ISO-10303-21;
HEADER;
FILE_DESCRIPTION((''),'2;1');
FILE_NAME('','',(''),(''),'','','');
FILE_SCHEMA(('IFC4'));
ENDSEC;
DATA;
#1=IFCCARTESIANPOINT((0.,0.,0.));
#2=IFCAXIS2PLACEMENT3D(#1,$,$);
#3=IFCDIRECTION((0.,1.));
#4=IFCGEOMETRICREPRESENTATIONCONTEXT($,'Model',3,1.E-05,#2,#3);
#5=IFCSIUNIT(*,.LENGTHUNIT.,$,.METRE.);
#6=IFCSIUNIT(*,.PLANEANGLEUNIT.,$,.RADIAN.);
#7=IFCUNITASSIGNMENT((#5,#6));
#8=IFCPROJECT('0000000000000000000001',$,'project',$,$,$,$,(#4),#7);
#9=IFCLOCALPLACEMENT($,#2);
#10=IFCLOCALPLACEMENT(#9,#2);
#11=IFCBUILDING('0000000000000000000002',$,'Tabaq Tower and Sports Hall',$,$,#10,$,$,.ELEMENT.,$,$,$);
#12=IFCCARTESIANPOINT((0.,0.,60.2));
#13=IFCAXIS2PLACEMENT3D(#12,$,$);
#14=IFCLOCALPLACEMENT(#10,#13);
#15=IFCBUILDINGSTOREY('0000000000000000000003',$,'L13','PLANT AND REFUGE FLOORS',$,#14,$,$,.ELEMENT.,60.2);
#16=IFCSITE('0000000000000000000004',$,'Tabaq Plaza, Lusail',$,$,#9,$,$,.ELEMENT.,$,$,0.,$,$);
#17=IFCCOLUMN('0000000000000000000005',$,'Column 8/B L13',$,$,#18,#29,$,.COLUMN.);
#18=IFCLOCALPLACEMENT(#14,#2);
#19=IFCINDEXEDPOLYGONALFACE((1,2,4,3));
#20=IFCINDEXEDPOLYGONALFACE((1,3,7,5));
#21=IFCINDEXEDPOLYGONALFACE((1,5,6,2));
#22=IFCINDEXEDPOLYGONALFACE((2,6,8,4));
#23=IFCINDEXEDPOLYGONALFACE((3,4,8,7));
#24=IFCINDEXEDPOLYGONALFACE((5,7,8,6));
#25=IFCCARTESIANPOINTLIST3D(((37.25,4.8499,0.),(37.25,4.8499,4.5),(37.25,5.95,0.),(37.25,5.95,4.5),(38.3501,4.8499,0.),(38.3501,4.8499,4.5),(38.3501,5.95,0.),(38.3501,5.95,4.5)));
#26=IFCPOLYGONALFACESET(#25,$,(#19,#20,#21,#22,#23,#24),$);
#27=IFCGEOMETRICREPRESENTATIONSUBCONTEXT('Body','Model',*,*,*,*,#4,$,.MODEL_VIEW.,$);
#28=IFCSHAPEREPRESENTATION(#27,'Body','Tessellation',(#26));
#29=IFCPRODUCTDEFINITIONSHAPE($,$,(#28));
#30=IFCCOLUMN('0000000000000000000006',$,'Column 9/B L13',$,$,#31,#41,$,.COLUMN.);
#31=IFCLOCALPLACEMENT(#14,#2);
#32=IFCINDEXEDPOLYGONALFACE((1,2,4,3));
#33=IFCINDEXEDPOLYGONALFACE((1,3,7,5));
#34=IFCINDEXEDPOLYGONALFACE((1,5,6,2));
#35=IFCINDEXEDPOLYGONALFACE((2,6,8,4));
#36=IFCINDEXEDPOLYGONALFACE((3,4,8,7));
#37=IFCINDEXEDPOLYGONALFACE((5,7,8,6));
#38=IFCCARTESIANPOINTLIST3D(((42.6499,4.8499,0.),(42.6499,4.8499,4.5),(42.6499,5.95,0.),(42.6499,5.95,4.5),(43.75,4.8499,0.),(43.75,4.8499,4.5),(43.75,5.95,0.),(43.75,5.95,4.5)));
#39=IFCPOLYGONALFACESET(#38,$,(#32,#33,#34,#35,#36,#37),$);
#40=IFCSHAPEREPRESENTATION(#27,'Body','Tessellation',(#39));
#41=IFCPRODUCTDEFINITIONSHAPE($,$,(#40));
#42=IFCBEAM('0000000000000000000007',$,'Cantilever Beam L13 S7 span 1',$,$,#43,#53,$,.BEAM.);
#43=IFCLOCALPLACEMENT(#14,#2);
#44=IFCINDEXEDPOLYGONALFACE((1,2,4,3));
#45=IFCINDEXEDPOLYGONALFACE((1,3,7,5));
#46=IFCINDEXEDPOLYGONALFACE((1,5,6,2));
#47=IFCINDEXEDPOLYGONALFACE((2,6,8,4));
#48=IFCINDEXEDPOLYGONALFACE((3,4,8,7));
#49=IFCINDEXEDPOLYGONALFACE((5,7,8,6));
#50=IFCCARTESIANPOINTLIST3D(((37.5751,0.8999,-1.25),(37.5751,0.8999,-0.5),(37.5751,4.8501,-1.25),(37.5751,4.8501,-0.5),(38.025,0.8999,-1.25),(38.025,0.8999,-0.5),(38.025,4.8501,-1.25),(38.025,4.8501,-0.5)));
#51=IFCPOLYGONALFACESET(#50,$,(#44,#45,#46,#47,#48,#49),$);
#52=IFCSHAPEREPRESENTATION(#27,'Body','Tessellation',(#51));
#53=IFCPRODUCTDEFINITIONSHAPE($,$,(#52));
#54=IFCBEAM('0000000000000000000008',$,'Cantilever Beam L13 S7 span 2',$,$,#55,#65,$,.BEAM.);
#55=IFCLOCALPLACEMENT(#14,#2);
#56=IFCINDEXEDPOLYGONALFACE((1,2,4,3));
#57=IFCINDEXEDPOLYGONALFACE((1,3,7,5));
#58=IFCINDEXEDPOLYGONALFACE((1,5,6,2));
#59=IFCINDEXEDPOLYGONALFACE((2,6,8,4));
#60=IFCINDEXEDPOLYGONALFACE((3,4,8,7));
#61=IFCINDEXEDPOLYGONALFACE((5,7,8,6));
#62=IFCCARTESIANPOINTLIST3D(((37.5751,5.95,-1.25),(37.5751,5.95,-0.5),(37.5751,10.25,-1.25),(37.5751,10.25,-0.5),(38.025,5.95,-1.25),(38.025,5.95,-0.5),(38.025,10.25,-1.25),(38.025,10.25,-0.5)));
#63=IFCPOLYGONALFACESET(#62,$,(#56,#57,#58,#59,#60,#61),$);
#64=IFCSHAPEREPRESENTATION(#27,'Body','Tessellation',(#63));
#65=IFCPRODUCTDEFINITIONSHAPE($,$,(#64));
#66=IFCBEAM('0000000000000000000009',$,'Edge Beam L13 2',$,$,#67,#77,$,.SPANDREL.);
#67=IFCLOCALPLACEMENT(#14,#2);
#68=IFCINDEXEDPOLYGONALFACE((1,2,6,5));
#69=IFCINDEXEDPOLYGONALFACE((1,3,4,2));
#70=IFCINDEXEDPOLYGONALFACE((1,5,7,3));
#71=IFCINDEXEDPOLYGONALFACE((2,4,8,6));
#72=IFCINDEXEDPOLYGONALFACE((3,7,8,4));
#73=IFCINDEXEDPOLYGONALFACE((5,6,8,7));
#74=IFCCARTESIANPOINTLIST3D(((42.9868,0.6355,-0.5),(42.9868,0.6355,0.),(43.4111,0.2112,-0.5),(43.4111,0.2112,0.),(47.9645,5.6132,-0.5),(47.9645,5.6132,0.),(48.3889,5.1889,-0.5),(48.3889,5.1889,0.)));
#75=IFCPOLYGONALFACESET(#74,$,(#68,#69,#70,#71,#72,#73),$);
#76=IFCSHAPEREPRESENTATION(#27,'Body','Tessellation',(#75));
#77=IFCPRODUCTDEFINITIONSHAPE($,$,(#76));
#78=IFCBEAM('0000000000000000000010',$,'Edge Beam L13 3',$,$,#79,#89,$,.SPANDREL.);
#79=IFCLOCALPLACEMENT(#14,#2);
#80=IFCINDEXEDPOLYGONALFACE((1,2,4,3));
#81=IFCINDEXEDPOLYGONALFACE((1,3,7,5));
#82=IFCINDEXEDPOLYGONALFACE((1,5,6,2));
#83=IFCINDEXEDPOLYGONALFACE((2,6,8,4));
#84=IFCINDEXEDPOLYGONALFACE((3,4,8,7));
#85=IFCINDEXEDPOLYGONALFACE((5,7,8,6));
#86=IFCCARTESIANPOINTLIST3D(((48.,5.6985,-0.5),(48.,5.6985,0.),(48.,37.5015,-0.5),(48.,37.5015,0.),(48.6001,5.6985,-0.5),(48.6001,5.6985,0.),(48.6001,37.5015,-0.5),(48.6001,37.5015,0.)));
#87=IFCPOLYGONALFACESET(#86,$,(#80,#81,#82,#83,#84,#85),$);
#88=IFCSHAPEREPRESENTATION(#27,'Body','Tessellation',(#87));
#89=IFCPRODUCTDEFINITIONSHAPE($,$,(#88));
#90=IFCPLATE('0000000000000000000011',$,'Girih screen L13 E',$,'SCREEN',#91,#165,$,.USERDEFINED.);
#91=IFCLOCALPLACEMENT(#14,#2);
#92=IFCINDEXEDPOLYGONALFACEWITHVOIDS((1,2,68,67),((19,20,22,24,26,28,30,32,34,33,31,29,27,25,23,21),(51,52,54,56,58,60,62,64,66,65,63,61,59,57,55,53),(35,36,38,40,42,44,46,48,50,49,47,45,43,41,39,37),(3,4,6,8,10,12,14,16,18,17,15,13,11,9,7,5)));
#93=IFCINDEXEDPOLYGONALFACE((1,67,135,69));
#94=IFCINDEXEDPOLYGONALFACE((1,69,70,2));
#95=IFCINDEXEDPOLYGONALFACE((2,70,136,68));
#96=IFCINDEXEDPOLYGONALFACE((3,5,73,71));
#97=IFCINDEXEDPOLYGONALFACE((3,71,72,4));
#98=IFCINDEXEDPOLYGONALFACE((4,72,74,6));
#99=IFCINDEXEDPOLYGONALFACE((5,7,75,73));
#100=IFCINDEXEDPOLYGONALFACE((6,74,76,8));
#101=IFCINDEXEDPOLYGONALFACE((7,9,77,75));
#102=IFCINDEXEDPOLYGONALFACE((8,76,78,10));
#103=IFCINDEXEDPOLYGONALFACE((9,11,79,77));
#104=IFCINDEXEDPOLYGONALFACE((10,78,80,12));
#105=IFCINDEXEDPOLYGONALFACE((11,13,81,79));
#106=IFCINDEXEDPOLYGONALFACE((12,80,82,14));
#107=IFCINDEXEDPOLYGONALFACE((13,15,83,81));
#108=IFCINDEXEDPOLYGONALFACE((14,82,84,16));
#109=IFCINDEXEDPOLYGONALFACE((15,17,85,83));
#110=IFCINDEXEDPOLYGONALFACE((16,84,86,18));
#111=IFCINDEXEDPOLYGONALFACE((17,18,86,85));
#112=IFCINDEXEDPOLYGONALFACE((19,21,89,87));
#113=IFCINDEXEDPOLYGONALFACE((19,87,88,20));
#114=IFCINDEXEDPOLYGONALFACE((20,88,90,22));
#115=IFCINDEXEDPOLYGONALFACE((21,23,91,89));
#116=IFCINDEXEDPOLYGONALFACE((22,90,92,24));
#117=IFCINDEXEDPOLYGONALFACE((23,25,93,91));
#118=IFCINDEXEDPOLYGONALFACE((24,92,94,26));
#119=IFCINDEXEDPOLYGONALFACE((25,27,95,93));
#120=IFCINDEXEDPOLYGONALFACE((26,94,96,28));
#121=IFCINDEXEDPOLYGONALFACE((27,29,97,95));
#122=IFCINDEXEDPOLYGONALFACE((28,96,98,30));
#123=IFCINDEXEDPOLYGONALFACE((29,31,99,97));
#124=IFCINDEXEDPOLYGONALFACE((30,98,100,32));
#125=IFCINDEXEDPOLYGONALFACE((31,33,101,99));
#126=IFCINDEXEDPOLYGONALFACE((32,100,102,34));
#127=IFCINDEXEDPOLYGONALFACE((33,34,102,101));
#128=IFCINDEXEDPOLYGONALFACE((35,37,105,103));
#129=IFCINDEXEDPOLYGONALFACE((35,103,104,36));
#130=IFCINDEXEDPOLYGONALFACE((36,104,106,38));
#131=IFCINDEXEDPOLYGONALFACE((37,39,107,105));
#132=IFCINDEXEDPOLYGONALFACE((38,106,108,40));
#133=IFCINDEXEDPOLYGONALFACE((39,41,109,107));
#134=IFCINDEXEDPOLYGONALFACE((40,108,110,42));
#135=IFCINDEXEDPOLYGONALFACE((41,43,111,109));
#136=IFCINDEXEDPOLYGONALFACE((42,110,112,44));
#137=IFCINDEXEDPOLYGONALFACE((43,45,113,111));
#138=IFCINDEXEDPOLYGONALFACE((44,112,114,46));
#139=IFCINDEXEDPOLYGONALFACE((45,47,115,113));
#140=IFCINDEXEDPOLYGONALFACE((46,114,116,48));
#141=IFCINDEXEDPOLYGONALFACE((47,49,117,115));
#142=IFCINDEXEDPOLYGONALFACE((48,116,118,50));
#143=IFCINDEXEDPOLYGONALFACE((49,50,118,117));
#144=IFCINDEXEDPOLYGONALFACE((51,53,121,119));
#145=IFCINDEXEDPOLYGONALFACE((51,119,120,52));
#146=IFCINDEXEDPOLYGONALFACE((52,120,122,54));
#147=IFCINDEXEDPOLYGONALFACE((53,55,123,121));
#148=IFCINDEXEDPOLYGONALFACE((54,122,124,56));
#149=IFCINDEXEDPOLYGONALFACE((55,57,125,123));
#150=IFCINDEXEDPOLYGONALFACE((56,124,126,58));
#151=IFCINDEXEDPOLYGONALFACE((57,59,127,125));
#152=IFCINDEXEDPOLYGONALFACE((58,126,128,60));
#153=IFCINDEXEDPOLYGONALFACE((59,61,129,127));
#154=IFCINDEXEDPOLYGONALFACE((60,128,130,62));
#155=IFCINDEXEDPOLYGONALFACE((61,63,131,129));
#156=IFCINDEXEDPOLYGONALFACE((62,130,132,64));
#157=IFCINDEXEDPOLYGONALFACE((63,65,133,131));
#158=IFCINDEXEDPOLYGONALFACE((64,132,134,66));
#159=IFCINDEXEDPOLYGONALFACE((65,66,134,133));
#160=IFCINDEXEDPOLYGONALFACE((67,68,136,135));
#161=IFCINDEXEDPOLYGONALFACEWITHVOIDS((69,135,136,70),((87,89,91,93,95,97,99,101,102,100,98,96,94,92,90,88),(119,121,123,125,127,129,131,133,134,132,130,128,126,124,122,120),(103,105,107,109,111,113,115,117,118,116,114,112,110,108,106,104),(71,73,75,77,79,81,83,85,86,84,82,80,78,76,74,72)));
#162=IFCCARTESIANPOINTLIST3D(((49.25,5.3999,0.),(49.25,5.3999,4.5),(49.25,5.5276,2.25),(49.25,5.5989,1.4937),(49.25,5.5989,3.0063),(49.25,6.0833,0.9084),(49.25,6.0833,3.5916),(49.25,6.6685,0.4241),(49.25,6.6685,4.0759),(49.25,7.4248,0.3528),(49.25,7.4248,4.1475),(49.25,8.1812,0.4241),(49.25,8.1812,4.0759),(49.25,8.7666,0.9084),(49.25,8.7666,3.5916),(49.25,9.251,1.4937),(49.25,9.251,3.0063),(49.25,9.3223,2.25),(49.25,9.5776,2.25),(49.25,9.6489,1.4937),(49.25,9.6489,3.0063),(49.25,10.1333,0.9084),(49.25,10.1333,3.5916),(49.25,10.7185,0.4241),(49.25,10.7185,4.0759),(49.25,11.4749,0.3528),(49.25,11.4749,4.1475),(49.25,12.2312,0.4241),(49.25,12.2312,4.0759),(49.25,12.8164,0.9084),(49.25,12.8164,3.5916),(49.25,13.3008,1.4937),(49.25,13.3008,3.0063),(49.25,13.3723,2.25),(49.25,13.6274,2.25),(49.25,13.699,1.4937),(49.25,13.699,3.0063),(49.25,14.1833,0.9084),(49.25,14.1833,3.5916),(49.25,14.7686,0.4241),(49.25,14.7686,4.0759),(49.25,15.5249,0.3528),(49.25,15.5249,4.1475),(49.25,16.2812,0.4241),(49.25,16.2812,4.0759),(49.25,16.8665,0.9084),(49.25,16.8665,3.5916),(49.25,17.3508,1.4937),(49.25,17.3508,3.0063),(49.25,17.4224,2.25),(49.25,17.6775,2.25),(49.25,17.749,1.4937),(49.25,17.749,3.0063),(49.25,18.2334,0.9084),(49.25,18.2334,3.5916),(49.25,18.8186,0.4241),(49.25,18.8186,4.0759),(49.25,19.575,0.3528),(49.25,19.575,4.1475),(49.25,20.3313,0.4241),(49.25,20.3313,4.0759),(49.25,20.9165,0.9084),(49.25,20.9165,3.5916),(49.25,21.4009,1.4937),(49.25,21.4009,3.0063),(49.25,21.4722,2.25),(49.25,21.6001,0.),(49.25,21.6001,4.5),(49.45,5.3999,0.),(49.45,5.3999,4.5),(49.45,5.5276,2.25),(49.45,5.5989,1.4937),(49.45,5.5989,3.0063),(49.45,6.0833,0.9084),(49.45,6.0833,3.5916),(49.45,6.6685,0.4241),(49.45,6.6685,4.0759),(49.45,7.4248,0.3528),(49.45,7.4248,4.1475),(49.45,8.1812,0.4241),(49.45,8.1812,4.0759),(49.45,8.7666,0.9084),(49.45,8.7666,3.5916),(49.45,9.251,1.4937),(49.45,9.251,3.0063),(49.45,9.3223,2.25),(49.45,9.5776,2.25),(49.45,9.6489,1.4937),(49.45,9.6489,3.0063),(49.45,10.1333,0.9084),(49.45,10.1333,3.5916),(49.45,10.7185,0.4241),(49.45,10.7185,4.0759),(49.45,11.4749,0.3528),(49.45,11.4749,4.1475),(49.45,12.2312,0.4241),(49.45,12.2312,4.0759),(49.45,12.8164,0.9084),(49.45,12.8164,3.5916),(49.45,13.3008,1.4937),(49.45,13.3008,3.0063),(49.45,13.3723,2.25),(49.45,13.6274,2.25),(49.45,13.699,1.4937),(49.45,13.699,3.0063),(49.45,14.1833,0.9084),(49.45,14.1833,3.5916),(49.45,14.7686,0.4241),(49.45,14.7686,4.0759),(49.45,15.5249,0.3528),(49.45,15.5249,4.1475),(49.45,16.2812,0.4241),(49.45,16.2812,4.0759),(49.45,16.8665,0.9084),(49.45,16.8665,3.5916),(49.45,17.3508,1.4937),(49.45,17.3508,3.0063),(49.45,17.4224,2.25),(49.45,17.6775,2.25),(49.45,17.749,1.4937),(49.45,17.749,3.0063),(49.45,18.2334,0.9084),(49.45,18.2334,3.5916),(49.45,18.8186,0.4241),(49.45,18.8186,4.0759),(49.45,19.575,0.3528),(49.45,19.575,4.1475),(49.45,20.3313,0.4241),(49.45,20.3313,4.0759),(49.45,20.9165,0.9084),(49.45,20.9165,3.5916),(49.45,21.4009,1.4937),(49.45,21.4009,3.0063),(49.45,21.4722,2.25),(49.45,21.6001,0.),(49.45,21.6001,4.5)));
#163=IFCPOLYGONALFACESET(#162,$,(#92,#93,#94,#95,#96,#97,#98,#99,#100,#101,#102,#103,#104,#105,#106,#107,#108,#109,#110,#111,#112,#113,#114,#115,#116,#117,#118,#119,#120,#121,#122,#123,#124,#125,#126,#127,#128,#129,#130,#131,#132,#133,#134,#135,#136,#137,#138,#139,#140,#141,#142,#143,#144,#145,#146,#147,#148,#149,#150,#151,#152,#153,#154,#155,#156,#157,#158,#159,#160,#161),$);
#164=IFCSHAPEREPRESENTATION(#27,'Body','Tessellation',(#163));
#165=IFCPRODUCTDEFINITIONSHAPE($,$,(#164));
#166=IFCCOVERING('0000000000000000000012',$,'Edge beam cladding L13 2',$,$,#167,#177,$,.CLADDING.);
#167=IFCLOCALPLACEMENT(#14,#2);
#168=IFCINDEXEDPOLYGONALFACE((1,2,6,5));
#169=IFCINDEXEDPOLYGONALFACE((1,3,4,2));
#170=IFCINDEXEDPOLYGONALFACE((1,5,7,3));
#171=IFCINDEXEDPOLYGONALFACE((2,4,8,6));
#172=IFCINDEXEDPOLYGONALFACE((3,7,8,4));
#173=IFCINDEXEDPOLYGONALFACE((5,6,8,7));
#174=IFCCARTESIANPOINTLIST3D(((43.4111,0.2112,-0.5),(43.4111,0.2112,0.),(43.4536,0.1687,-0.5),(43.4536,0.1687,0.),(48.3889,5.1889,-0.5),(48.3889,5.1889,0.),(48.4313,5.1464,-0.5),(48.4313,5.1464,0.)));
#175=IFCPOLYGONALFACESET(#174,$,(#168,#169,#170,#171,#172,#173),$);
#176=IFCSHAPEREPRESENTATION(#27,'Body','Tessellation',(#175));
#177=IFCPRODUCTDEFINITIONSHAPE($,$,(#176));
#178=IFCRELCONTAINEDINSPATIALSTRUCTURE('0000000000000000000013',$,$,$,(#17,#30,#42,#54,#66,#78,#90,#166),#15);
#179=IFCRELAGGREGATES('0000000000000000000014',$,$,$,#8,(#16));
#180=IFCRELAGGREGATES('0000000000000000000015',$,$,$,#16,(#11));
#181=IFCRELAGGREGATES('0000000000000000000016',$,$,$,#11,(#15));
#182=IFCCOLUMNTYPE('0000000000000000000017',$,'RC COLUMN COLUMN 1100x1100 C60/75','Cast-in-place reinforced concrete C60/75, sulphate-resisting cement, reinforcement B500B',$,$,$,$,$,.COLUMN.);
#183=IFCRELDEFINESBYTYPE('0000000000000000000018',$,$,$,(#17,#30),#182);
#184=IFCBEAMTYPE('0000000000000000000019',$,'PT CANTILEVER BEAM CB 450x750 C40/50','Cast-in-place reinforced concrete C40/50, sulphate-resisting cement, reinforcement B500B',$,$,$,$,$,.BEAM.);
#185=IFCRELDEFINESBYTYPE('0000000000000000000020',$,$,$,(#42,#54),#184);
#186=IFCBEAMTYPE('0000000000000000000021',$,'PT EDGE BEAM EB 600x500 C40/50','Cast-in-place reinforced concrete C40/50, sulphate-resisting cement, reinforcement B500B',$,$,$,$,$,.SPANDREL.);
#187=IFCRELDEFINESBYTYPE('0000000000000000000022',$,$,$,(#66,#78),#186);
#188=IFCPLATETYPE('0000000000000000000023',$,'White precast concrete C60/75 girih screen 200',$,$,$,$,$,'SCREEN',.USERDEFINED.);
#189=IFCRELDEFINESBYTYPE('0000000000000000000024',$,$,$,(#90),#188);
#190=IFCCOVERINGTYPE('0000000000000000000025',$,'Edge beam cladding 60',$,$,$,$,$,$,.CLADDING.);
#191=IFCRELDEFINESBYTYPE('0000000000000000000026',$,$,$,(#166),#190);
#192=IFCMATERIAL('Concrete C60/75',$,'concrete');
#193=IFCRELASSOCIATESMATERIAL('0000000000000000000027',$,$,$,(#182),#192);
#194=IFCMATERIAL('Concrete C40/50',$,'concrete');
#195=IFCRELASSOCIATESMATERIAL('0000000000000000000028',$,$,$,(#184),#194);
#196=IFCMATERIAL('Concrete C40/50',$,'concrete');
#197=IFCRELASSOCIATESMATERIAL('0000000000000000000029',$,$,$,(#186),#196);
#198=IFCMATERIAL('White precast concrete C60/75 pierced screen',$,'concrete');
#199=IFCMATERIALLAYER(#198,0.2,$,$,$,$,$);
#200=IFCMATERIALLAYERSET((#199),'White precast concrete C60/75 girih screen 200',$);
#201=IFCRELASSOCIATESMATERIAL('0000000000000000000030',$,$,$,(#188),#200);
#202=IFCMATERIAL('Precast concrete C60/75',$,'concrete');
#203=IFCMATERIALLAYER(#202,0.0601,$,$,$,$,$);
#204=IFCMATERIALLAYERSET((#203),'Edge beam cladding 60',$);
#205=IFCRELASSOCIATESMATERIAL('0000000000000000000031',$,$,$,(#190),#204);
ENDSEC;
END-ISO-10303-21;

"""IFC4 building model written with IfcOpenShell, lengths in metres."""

from ifc_helpers import new_model, si_unit, direction, frame, frame_2d, origin, origin_2d, place, context, subcontext, project, spatial, polyline, rectangle, outline, extrude, material, layer, layer_set, material_profile, profile_set, type_object, element, save


model = new_model("IFC4")

# Units and contexts
model_context = context("Model", 3, precision=1e-05, world=origin(), true_north=direction((0.0, 1.0)))
body_context = subcontext(model_context, "Body", "Model", "MODEL_VIEW")
ifc_project = project(units=[si_unit("LENGTHUNIT", "METRE"), si_unit("PLANEANGLEUNIT", "RADIAN")], contexts=[model_context])

# Site, building, storey
site_placement = place(None, origin())
site = spatial("IfcSite", under=ifc_project, at=site_placement, Name="Tabaq Plaza, Lusail", CompositionType="ELEMENT", RefElevation=0.0)
building_placement = place(site_placement, origin())
building = spatial("IfcBuilding", under=site, at=building_placement, Name="Tabaq Tower and Sports Hall", CompositionType="ELEMENT")
storey_placement = place(building_placement, frame((0.0, 0.0, 60.2)))
storey = spatial("IfcBuildingStorey", under=building, at=storey_placement, Name="L13", Description="PLANT AND REFUGE FLOORS", CompositionType="ELEMENT", Elevation=60.2)

# Columns
ifc_material_1 = material(Name="Concrete C60/75", Category="concrete")
ifc_material_profile_1 = material_profile(ifc_material_1, rectangle(XDim=1.1001, YDim=1.1001, at=origin_2d()), Name="COLUMN 1100x1100")
ifc_profile_set_1 = profile_set([ifc_material_profile_1], Name="Concrete C60/75")
column_type = type_object("IfcColumnType", Name="RC COLUMN COLUMN 1100x1100 C60/75", Description="Cast-in-place reinforced concrete C60/75, sulphate-resisting cement, reinforcement B500B", PredefinedType="COLUMN", material=ifc_profile_set_1)
for number, where, z_axis, x_axis, name in (
    (1, (37.8, 5.3999, 0.0), (0.0, 0.0, 1.0), (1.0, 0.0, 0.0), "Column 8/B L13"),
    (2, (43.2, 5.3999, 0.0), (0.0, 0.0, 1.0), (1.0, 0.0, 0.0), "Column 9/B L13"),
):
    element("IfcColumn", number, at=place(storey_placement, frame(where, z_axis=z_axis, x_axis=x_axis)), inside=storey, type_object=column_type, Name=name, PredefinedType="COLUMN", context=body_context, shape_type="SweptSolid", body=[
        extrude(rectangle(XDim=1.1001, YDim=1.1001, at=origin_2d()), origin(), (0.0, 0.0, 1.0), 4.5),
    ])

# Beams
ifc_material_2 = material(Name="Concrete C40/50", Category="concrete")
ifc_material_profile_2 = material_profile(ifc_material_2, rectangle(XDim=0.45, YDim=0.75, at=origin_2d()), Name="CB 450x750")
ifc_profile_set_2 = profile_set([ifc_material_profile_2], Name="Concrete C40/50")
beam_type_1 = type_object("IfcBeamType", Name="PT CANTILEVER BEAM CB 450x750 C40/50", Description="Cast-in-place reinforced concrete C40/50, sulphate-resisting cement, reinforcement B500B", PredefinedType="BEAM", material=ifc_profile_set_2)
beam_1_placement = place(storey_placement, frame((37.8, 0.8999, -0.875), z_axis=(0.0, 1.0, 0.0), x_axis=(-1.0, 0.0, 0.0)))
element("IfcBeam", 3, at=beam_1_placement, inside=storey, type_object=beam_type_1, Name="Cantilever Beam L13 S7 span 1", PredefinedType="BEAM", context=body_context, shape_type="SweptSolid", body=[
    extrude(rectangle(XDim=0.45, YDim=0.75, at=origin_2d()), origin(), (0.0, 0.0, 1.0), 3.9502),
])
beam_2_placement = place(storey_placement, frame((37.8, 5.95, -0.875), z_axis=(0.0, 1.0, 0.0), x_axis=(-1.0, 0.0, 0.0)))
element("IfcBeam", 4, at=beam_2_placement, inside=storey, type_object=beam_type_1, Name="Cantilever Beam L13 S7 span 2", PredefinedType="BEAM", context=body_context, shape_type="SweptSolid", body=[
    extrude(rectangle(XDim=0.45, YDim=0.75, at=origin_2d()), origin(), (0.0, 0.0, 1.0), 4.3),
])
ifc_material_3 = material(Name="Concrete C40/50", Category="concrete")
ifc_material_profile_3 = material_profile(ifc_material_3, rectangle(XDim=0.6001, YDim=0.5, at=origin_2d()), Name="EB 600x500")
ifc_profile_set_3 = profile_set([ifc_material_profile_3], Name="Concrete C40/50")
beam_type_2 = type_object("IfcBeamType", Name="PT EDGE BEAM EB 600x500 C40/50", Description="Cast-in-place reinforced concrete C40/50, sulphate-resisting cement, reinforcement B500B", PredefinedType="SPANDREL", material=ifc_profile_set_3)
beam_3_placement = place(storey_placement, frame((43.199, 0.4233, -0.25), z_axis=(0.707107, 0.707107, 0.0), x_axis=(-0.707107, 0.707107, 0.0)))
element("IfcBeam", 5, at=beam_3_placement, inside=storey, type_object=beam_type_2, Name="Edge Beam L13 2", PredefinedType="SPANDREL", context=body_context, shape_type="SweptSolid", body=[
    extrude(rectangle(XDim=0.6001, YDim=0.5, at=origin_2d()), origin(), (0.0, 0.0, 1.0), 7.0396),
])
beam_4_placement = place(storey_placement, frame((48.3, 5.6985, -0.25), z_axis=(0.0, 1.0, 0.0), x_axis=(-1.0, 0.0, 0.0)))
element("IfcBeam", 6, at=beam_4_placement, inside=storey, type_object=beam_type_2, Name="Edge Beam L13 3", PredefinedType="SPANDREL", context=body_context, shape_type="SweptSolid", body=[
    extrude(rectangle(XDim=0.6001, YDim=0.5, at=origin_2d()), origin(), (0.0, 0.0, 1.0), 31.803),
])

# Plate
ifc_material_4 = material(Name="White precast concrete C60/75 pierced screen", Category="concrete")
ifc_layer_1 = layer(ifc_material_4, 0.2)
ifc_layer_set_1 = layer_set([ifc_layer_1], Name="White precast concrete C60/75 girih screen 200")
plate_type_1 = type_object("IfcPlateType", Name="White precast concrete C60/75 girih screen 200", ElementType="SCREEN", PredefinedType="USERDEFINED", material=ifc_layer_set_1)
plate_1_placement = place(storey_placement, frame((49.3501, 5.3999, 0.0), z_axis=(0.0, 0.0, 1.0), x_axis=(0.0, 1.0, 0.0)))
element("IfcPlate", 7, at=plate_1_placement, inside=storey, type_object=plate_type_1, Name="Girih screen L13 E", ObjectType="SCREEN", PredefinedType="USERDEFINED", context=body_context, shape_type="SweptSolid", body=[
    extrude(outline(polyline([(0.0, 0.0), (16.2002, 0.0), (16.2002, 4.5), (0.0, 4.5), (0.0, 0.0)]), holes=[polyline([(3.8511, 3.0063), (3.3667, 3.5916), (2.7812, 4.0759), (2.0249, 4.1475), (1.2686, 4.0759), (0.6833, 3.5916), (0.199, 3.0063), (0.1277, 2.25), (0.199, 1.4937), (0.6833, 0.9084), (1.2686, 0.4241), (2.0249, 0.3528), (2.7812, 0.4241), (3.3667, 0.9084), (3.8511, 1.4937), (3.9224, 2.25), (3.8511, 3.0063)]), polyline([(7.9009, 3.0063), (7.4165, 3.5916), (6.8313, 4.0759), (6.075, 4.1475), (5.3186, 4.0759), (4.7334, 3.5916), (4.249, 3.0063), (4.1777, 2.25), (4.249, 1.4937), (4.7334, 0.9084), (5.3186, 0.4241), (6.075, 0.3528), (6.8313, 0.4241), (7.4165, 0.9084), (7.9009, 1.4937), (7.9724, 2.25), (7.9009, 3.0063)]), polyline([(11.9509, 3.0063), (11.4666, 3.5916), (10.8813, 4.0759), (10.125, 4.1475), (9.3687, 4.0759), (8.7834, 3.5916), (8.2991, 3.0063), (8.2275, 2.25), (8.2991, 1.4937), (8.7834, 0.9084), (9.3687, 0.4241), (10.125, 0.3528), (10.8813, 0.4241), (11.4666, 0.9084), (11.9509, 1.4937), (12.0225, 2.25), (11.9509, 3.0063)]), polyline([(16.001, 3.0063), (15.5166, 3.5916), (14.9314, 4.0759), (14.175, 4.1475), (13.4187, 4.0759), (12.8335, 3.5916), (12.3491, 3.0063), (12.2776, 2.25), (12.3491, 1.4937), (12.8335, 0.9084), (13.4187, 0.4241), (14.175, 0.3528), (14.9314, 0.4241), (15.5166, 0.9084), (16.001, 1.4937), (16.0723, 2.25), (16.001, 3.0063)])]), frame((0.0, 0.1001, 0.0), z_axis=(0.0, -1.0, 0.0), x_axis=(1.0, 0.0, 0.0)), (0.0, 0.0, 1.0), 0.2),
])

# Covering
ifc_material_5 = material(Name="Precast concrete C60/75", Category="concrete")
ifc_layer_2 = layer(ifc_material_5, 0.0601)
ifc_layer_set_2 = layer_set([ifc_layer_2], Name="Edge beam cladding 60")
covering_type_1 = type_object("IfcCoveringType", Name="Edge beam cladding 60", PredefinedType="CLADDING", material=ifc_layer_set_2)
covering_1_placement = place(storey_placement, frame((43.4324, 0.1899, -0.5), z_axis=(0.0, 0.0, 1.0), x_axis=(0.707107, 0.707107, 0.0)))
element("IfcCovering", 8, at=covering_1_placement, inside=storey, type_object=covering_type_1, Name="Edge beam cladding L13 2", PredefinedType="CLADDING", context=body_context, shape_type="SweptSolid", body=[
    extrude(rectangle(XDim=7.0396, YDim=0.0601, at=frame_2d((3.5198, 0.0))), origin(), (0.0, 0.0, 1.0), 0.5),
])

save(model, "model.ifc")
